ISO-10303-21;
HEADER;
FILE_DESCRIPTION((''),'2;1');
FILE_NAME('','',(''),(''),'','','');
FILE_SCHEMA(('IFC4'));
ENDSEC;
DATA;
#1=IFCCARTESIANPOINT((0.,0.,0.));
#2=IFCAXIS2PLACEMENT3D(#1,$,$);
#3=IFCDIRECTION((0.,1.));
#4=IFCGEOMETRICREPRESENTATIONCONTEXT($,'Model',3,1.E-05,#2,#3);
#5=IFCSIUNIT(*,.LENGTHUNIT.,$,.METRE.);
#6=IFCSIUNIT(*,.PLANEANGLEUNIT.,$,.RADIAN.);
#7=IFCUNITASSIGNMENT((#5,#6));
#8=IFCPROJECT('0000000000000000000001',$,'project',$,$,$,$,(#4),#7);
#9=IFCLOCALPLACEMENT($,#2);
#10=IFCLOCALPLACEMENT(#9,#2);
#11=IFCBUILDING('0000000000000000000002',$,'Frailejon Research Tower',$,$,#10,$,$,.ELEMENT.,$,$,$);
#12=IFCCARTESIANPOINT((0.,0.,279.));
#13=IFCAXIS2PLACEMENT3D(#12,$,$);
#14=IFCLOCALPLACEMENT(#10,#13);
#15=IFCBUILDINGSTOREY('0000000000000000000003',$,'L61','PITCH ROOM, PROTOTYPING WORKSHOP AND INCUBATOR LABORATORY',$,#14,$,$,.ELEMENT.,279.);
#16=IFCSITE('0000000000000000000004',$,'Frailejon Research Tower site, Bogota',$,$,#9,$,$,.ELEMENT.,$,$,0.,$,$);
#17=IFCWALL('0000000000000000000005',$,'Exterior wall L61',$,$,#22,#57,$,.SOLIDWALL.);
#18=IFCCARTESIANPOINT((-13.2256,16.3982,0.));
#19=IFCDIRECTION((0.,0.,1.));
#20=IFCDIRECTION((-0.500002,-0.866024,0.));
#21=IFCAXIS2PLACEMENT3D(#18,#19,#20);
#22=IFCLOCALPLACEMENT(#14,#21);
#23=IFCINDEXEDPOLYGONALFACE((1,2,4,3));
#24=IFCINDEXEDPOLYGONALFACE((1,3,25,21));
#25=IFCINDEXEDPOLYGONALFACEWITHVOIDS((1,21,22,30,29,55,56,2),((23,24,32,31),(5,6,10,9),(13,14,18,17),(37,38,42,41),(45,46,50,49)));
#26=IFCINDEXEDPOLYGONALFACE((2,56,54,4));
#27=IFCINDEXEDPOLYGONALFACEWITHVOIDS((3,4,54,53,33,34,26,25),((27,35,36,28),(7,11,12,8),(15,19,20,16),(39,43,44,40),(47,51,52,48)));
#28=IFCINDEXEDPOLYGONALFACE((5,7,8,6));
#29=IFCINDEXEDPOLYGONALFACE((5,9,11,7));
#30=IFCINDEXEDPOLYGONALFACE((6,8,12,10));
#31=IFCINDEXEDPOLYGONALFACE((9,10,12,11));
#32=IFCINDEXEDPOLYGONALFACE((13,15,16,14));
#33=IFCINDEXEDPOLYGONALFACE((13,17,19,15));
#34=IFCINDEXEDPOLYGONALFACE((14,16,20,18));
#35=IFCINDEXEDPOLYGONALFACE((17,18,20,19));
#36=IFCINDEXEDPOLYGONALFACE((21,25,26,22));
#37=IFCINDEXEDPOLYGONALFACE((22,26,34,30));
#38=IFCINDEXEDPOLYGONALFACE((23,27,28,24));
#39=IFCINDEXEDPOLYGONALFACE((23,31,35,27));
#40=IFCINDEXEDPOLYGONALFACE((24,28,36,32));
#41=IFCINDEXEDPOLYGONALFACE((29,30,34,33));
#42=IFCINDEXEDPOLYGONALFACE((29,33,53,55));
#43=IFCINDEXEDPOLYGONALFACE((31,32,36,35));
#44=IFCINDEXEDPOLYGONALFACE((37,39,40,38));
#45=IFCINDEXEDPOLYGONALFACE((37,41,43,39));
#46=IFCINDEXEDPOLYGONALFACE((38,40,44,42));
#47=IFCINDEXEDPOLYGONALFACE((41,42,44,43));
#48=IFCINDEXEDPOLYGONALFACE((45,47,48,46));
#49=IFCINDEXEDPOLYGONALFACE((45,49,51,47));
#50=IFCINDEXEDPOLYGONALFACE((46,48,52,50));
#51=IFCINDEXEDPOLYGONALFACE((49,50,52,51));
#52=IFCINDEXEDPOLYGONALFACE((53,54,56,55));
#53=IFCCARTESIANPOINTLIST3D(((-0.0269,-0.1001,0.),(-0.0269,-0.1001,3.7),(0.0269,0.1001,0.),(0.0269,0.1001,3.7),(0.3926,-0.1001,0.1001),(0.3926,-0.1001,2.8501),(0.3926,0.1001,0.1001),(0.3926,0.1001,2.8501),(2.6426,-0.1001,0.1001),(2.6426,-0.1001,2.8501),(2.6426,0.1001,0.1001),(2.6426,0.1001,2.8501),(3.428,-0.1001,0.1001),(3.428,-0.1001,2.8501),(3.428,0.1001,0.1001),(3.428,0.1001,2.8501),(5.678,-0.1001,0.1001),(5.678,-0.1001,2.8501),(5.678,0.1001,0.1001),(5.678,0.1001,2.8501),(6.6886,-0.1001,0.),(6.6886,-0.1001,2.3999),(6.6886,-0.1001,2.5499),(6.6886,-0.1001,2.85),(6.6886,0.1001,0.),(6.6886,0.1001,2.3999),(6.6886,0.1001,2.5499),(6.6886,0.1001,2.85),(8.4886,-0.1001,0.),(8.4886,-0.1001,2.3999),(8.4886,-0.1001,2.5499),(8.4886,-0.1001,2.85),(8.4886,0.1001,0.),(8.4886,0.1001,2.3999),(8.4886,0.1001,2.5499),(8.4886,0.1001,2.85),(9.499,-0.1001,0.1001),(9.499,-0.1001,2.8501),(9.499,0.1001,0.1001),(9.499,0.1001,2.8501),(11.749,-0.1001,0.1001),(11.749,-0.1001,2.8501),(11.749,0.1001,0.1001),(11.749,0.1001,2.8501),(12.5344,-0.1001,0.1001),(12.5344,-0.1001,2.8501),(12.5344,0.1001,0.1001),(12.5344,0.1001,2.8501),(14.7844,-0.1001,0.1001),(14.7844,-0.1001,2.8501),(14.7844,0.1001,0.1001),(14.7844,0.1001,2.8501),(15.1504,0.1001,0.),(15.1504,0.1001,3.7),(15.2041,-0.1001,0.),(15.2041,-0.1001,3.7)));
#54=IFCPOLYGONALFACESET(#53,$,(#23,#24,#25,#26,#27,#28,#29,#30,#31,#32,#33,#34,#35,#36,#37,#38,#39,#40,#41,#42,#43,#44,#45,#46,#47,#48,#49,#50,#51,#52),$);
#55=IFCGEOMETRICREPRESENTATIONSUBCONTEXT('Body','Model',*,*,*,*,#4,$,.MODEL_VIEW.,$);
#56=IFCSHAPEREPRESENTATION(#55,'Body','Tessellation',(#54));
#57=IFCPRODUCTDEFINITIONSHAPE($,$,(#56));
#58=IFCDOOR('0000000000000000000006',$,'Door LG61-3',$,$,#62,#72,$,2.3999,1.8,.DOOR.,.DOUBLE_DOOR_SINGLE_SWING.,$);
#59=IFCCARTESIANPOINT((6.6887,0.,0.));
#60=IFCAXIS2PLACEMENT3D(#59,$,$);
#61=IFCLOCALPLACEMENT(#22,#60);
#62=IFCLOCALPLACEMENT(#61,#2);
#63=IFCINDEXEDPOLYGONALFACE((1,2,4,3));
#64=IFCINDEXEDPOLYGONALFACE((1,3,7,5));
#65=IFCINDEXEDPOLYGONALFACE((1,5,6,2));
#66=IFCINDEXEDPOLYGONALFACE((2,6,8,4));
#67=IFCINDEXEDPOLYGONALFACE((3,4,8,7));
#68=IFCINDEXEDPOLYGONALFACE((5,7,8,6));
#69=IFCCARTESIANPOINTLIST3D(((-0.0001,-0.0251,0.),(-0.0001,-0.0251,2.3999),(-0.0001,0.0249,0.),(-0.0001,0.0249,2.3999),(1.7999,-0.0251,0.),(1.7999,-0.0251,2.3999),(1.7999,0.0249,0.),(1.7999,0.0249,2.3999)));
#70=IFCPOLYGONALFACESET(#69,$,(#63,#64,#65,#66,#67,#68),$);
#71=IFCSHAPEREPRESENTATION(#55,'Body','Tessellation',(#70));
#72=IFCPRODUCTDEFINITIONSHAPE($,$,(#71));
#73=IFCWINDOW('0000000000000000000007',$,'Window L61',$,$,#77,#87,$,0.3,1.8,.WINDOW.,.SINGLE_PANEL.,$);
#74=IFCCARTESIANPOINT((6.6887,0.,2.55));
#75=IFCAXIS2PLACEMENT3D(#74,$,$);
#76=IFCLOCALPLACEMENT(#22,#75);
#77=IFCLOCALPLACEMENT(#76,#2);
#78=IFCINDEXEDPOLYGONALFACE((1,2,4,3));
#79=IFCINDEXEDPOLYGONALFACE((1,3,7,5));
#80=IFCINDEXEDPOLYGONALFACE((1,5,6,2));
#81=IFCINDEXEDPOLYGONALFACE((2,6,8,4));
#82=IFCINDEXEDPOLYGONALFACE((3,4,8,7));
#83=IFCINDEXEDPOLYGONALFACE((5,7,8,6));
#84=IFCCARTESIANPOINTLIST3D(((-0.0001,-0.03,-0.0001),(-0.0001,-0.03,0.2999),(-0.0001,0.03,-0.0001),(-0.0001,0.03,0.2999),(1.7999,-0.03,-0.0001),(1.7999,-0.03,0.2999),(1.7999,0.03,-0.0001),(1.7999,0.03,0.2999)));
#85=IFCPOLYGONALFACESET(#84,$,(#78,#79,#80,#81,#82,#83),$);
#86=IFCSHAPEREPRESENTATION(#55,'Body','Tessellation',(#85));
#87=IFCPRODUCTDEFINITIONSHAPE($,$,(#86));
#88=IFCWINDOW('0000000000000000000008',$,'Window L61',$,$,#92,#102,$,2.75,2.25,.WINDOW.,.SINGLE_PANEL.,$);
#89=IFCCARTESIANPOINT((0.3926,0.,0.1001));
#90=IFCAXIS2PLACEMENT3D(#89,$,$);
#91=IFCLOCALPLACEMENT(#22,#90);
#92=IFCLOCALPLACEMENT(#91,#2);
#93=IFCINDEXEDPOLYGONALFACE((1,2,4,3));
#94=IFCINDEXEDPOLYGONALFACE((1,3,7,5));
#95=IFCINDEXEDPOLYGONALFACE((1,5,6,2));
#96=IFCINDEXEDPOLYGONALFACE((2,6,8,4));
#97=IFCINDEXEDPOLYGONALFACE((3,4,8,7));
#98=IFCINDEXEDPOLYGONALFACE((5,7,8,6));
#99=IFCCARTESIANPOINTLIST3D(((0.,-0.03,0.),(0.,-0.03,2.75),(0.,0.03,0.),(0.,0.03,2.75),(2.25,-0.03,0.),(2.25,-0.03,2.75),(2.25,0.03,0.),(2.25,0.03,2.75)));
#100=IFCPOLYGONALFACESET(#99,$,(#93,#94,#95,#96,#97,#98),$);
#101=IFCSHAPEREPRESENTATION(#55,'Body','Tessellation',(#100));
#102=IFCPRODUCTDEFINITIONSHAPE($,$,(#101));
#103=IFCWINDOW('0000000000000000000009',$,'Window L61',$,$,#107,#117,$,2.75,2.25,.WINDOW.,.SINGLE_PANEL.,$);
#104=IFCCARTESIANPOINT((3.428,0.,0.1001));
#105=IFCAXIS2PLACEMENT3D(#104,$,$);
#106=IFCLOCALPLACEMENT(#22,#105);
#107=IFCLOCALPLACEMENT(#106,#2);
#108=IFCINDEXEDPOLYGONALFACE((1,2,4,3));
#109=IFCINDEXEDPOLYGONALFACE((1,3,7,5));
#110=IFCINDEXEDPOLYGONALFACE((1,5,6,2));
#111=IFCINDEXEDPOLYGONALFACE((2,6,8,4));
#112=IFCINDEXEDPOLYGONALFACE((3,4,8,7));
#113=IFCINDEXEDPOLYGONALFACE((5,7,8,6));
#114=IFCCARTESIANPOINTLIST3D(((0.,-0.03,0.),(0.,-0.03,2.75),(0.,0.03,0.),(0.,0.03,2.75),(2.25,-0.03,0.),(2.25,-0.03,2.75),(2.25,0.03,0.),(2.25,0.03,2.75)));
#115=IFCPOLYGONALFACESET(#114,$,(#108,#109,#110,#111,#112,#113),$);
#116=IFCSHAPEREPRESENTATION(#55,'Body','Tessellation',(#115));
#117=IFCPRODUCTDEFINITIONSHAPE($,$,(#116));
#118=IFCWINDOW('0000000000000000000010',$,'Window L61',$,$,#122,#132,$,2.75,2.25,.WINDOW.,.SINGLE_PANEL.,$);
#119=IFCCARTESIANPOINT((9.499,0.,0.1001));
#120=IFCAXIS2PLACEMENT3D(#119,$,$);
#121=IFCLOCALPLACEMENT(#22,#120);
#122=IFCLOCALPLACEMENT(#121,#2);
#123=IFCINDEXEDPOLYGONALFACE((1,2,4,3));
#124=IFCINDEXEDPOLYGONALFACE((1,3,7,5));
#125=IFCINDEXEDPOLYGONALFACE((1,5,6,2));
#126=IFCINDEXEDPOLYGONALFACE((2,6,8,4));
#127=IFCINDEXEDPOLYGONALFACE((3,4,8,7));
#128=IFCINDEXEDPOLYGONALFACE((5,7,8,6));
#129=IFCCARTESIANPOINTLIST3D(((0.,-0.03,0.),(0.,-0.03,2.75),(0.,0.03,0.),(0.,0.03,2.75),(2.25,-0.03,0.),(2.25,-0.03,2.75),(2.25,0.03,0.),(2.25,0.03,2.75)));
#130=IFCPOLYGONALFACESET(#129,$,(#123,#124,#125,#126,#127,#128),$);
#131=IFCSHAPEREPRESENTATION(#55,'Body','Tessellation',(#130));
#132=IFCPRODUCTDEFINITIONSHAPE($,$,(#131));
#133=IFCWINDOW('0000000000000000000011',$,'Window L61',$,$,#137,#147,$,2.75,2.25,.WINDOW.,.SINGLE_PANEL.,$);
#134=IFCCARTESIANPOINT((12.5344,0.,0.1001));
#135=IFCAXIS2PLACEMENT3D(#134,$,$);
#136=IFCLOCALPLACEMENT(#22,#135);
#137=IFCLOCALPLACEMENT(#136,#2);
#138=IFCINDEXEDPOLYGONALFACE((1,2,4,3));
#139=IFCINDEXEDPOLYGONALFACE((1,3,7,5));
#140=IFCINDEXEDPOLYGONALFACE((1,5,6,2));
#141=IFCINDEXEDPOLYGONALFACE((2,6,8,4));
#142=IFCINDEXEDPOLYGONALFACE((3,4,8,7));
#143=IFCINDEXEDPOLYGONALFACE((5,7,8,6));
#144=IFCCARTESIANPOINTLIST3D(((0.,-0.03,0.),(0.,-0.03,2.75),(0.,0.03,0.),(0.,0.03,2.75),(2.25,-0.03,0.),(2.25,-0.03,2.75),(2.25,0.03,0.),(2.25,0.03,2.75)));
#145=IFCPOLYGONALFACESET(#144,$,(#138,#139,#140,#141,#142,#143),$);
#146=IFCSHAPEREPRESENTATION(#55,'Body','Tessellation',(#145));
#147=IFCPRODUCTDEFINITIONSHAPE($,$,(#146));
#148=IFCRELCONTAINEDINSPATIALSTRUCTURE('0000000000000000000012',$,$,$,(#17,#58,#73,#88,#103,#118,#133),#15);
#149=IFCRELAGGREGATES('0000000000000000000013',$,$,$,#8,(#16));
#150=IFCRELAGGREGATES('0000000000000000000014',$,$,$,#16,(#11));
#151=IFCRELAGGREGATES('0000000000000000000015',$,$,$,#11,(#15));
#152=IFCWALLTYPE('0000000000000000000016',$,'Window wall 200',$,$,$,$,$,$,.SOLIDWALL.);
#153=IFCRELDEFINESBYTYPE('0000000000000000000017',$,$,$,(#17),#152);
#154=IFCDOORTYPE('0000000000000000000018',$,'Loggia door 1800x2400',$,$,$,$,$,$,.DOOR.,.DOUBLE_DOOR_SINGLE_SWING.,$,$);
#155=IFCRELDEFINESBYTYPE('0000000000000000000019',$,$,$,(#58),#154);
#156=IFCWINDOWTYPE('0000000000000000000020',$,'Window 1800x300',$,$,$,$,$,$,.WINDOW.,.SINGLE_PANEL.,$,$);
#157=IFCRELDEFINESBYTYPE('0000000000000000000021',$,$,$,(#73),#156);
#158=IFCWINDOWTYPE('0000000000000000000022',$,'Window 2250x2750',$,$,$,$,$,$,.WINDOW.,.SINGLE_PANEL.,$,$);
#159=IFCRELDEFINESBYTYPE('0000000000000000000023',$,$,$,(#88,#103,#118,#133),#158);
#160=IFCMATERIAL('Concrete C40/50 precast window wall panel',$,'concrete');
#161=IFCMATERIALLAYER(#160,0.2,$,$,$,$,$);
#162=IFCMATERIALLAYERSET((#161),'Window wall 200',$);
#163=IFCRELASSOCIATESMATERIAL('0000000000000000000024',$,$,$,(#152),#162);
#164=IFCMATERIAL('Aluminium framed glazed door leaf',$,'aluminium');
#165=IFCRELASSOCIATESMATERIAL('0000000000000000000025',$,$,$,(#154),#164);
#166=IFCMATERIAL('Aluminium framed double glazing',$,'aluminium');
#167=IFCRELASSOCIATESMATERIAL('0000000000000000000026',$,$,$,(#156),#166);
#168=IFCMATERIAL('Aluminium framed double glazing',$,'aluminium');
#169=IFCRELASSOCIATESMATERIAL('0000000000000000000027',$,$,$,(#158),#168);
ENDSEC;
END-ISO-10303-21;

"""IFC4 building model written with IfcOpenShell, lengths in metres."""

from ifc_helpers import new_model, si_unit, direction, frame, frame_2d, origin, place, context, subcontext, project, spatial, polyline, rectangle, outline, extrude, material, layer, layer_set, type_object, element, fill, save


model = new_model("IFC4")

# Units and contexts
model_context = context("Model", 3, precision=1e-05, world=origin(), true_north=direction((0.0, 1.0)))
body_context = subcontext(model_context, "Body", "Model", "MODEL_VIEW")
ifc_project = project(units=[si_unit("LENGTHUNIT", "METRE"), si_unit("PLANEANGLEUNIT", "RADIAN")], contexts=[model_context])

# Site, building, storey
site_placement = place(None, origin())
site = spatial("IfcSite", under=ifc_project, at=site_placement, Name="Frailejon Research Tower site, Bogota", CompositionType="ELEMENT", RefElevation=0.0)
building_placement = place(site_placement, origin())
building = spatial("IfcBuilding", under=site, at=building_placement, Name="Frailejon Research Tower", CompositionType="ELEMENT")
storey_placement = place(building_placement, frame((0.0, 0.0, 279.0)))
storey = spatial("IfcBuildingStorey", under=building, at=storey_placement, Name="L61", Description="PITCH ROOM, PROTOTYPING WORKSHOP AND INCUBATOR LABORATORY", CompositionType="ELEMENT", Elevation=279.0)

# Wall, openings, door, windows
ifc_material_1 = material(Name="Concrete C40/50 precast window wall panel", Category="concrete")
ifc_layer_1 = layer(ifc_material_1, 0.2)
ifc_layer_set_1 = layer_set([ifc_layer_1], Name="Window wall 200")
wall_type_1 = type_object("IfcWallType", Name="Window wall 200", PredefinedType="SOLIDWALL", material=ifc_layer_set_1)
wall_1_placement = place(storey_placement, frame((-13.2256, 16.3982, 0.0), z_axis=(0.0, 0.0, 1.0), x_axis=(-0.500002, -0.866024, 0.0)))
wall_1 = element("IfcWall", 1, at=wall_1_placement, inside=storey, type_object=wall_type_1, Name="Exterior wall L61", PredefinedType="SOLIDWALL", context=body_context, shape_type="SweptSolid", body=[
    extrude(outline(polyline([(-0.0269, -0.1001), (0.9885, -0.1001), (2.0039, -0.1001), (3.0193, -0.1001), (4.0347, -0.1001), (5.05, -0.1001), (6.0654, -0.1001), (7.0808, -0.1001), (8.0964, -0.1001), (9.1118, -0.1001), (10.1272, -0.1001), (11.1426, -0.1001), (12.158, -0.1001), (13.1733, -0.1001), (14.1887, -0.1001), (15.2041, -0.1001), (15.1504, 0.1001), (14.1421, 0.1001), (13.134, 0.1001), (12.1257, 0.1001), (11.1174, 0.1001), (10.1091, 0.1001), (9.1011, 0.1001), (8.0928, 0.1001), (7.0845, 0.1001), (6.0762, 0.1001), (5.0681, 0.1001), (4.0598, 0.1001), (3.0515, 0.1001), (2.0432, 0.1001), (1.0352, 0.1001), (0.0269, 0.1001), (-0.0269, -0.1001)])), origin(), (0.0, 0.0, 1.0), 3.7),
])
opening_1_placement = place(wall_1_placement, frame((0.3926, 0.0, 0.1001)))
opening_1 = element("IfcOpeningElement", 2, at=opening_1_placement, cuts=wall_1, PredefinedType="OPENING", context=body_context, shape_type="SweptSolid", body=[
    extrude(rectangle(XDim=2.25, YDim=2.75, at=frame_2d((1.125, 1.375))), frame((0.0, 0.1099, 0.0), z_axis=(0.0, -1.0, 0.0), x_axis=(1.0, 0.0, 0.0)), (0.0, 0.0, 1.0), 0.22),
])
opening_2_placement = place(wall_1_placement, frame((3.428, 0.0, 0.1001)))
opening_2 = element("IfcOpeningElement", 3, at=opening_2_placement, cuts=wall_1, PredefinedType="OPENING", context=body_context, shape_type="SweptSolid", body=[
    extrude(rectangle(XDim=2.25, YDim=2.75, at=frame_2d((1.125, 1.375))), frame((0.0, 0.1099, 0.0), z_axis=(0.0, -1.0, 0.0), x_axis=(1.0, 0.0, 0.0)), (0.0, 0.0, 1.0), 0.22),
])
opening_3_placement = place(wall_1_placement, frame((6.6887, 0.0, 0.0)))
opening_3 = element("IfcOpeningElement", 4, at=opening_3_placement, cuts=wall_1, PredefinedType="OPENING", context=body_context, shape_type="SweptSolid", body=[
    extrude(rectangle(XDim=1.8, YDim=2.3999, at=frame_2d((0.8999, 1.2))), frame((0.0, 0.1099, 0.0), z_axis=(0.0, -1.0, 0.0), x_axis=(1.0, 0.0, 0.0)), (0.0, 0.0, 1.0), 0.22),
])
opening_4_placement = place(wall_1_placement, frame((6.6887, 0.0, 2.55)))
opening_4 = element("IfcOpeningElement", 5, at=opening_4_placement, cuts=wall_1, PredefinedType="OPENING", context=body_context, shape_type="SweptSolid", body=[
    extrude(rectangle(XDim=1.8, YDim=0.3, at=frame_2d((0.8999, 0.1499))), frame((0.0, 0.1099, 0.0), z_axis=(0.0, -1.0, 0.0), x_axis=(1.0, 0.0, 0.0)), (0.0, 0.0, 1.0), 0.22),
])
opening_5_placement = place(wall_1_placement, frame((9.499, 0.0, 0.1001)))
opening_5 = element("IfcOpeningElement", 6, at=opening_5_placement, cuts=wall_1, PredefinedType="OPENING", context=body_context, shape_type="SweptSolid", body=[
    extrude(rectangle(XDim=2.25, YDim=2.75, at=frame_2d((1.125, 1.375))), frame((0.0, 0.1099, 0.0), z_axis=(0.0, -1.0, 0.0), x_axis=(1.0, 0.0, 0.0)), (0.0, 0.0, 1.0), 0.22),
])
opening_6_placement = place(wall_1_placement, frame((12.5344, 0.0, 0.1001)))
opening_6 = element("IfcOpeningElement", 7, at=opening_6_placement, cuts=wall_1, PredefinedType="OPENING", context=body_context, shape_type="SweptSolid", body=[
    extrude(rectangle(XDim=2.25, YDim=2.75, at=frame_2d((1.125, 1.375))), frame((0.0, 0.1099, 0.0), z_axis=(0.0, -1.0, 0.0), x_axis=(1.0, 0.0, 0.0)), (0.0, 0.0, 1.0), 0.22),
])
ifc_material_2 = material(Name="Aluminium framed glazed door leaf", Category="aluminium")
door_type_1 = type_object("IfcDoorType", Name="Loggia door 1800x2400", OperationType="DOUBLE_DOOR_SINGLE_SWING", PredefinedType="DOOR", material=ifc_material_2)
door_1_placement = place(opening_3_placement, origin())
door_1 = element("IfcDoor", 8, at=door_1_placement, inside=storey, type_object=door_type_1, Name="Door LG61-3", OperationType="DOUBLE_DOOR_SINGLE_SWING", OverallHeight=2.3999, OverallWidth=1.8, PredefinedType="DOOR", context=body_context, shape_type="SweptSolid", body=[
    extrude(rectangle(XDim=1.8, YDim=2.3999, at=frame_2d((0.8999, 1.2))), frame((0.0, 0.0249, 0.0), z_axis=(0.0, -1.0, 0.0), x_axis=(1.0, 0.0, 0.0)), (0.0, 0.0, 1.0), 0.05),
])
fill(opening_3, door_1)
ifc_material_3 = material(Name="Aluminium framed double glazing", Category="aluminium")
window_type_1 = type_object("IfcWindowType", Name="Window 1800x300", PartitioningType="SINGLE_PANEL", PredefinedType="WINDOW", material=ifc_material_3)
window_1_placement = place(opening_4_placement, origin())
window_1 = element("IfcWindow", 9, at=window_1_placement, inside=storey, type_object=window_type_1, Name="Window L61", OverallHeight=0.3, OverallWidth=1.8, PartitioningType="SINGLE_PANEL", PredefinedType="WINDOW", context=body_context, shape_type="SweptSolid", body=[
    extrude(rectangle(XDim=1.8, YDim=0.3, at=frame_2d((0.8999, 0.1499))), frame((0.0, 0.03, 0.0), z_axis=(0.0, -1.0, 0.0), x_axis=(1.0, 0.0, 0.0)), (0.0, 0.0, 1.0), 0.0601),
])
fill(opening_4, window_1)
ifc_material_4 = material(Name="Aluminium framed double glazing", Category="aluminium")
window_type_2 = type_object("IfcWindowType", Name="Window 2250x2750", PartitioningType="SINGLE_PANEL", PredefinedType="WINDOW", material=ifc_material_4)
window_2_placement = place(opening_1_placement, origin())
window_2 = element("IfcWindow", 10, at=window_2_placement, inside=storey, type_object=window_type_2, Name="Window L61", OverallHeight=2.75, OverallWidth=2.25, PartitioningType="SINGLE_PANEL", PredefinedType="WINDOW", context=body_context, shape_type="SweptSolid", body=[
    extrude(rectangle(XDim=2.25, YDim=2.75, at=frame_2d((1.125, 1.375))), frame((0.0, 0.03, 0.0), z_axis=(0.0, -1.0, 0.0), x_axis=(1.0, 0.0, 0.0)), (0.0, 0.0, 1.0), 0.0601),
])
fill(opening_1, window_2)
window_3_placement = place(opening_2_placement, origin())
window_3 = element("IfcWindow", 11, at=window_3_placement, inside=storey, type_object=window_type_2, Name="Window L61", OverallHeight=2.75, OverallWidth=2.25, PartitioningType="SINGLE_PANEL", PredefinedType="WINDOW", context=body_context, shape_type="SweptSolid", body=[
    extrude(rectangle(XDim=2.25, YDim=2.75, at=frame_2d((1.125, 1.375))), frame((0.0, 0.03, 0.0), z_axis=(0.0, -1.0, 0.0), x_axis=(1.0, 0.0, 0.0)), (0.0, 0.0, 1.0), 0.0601),
])
fill(opening_2, window_3)
window_4_placement = place(opening_5_placement, origin())
window_4 = element("IfcWindow", 12, at=window_4_placement, inside=storey, type_object=window_type_2, Name="Window L61", OverallHeight=2.75, OverallWidth=2.25, PartitioningType="SINGLE_PANEL", PredefinedType="WINDOW", context=body_context, shape_type="SweptSolid", body=[
    extrude(rectangle(XDim=2.25, YDim=2.75, at=frame_2d((1.125, 1.375))), frame((0.0, 0.03, 0.0), z_axis=(0.0, -1.0, 0.0), x_axis=(1.0, 0.0, 0.0)), (0.0, 0.0, 1.0), 0.0601),
])
fill(opening_5, window_4)
window_5_placement = place(opening_6_placement, origin())
window_5 = element("IfcWindow", 13, at=window_5_placement, inside=storey, type_object=window_type_2, Name="Window L61", OverallHeight=2.75, OverallWidth=2.25, PartitioningType="SINGLE_PANEL", PredefinedType="WINDOW", context=body_context, shape_type="SweptSolid", body=[
    extrude(rectangle(XDim=2.25, YDim=2.75, at=frame_2d((1.125, 1.375))), frame((0.0, 0.03, 0.0), z_axis=(0.0, -1.0, 0.0), x_axis=(1.0, 0.0, 0.0)), (0.0, 0.0, 1.0), 0.0601),
])
fill(opening_6, window_5)

save(model, "model.ifc")
